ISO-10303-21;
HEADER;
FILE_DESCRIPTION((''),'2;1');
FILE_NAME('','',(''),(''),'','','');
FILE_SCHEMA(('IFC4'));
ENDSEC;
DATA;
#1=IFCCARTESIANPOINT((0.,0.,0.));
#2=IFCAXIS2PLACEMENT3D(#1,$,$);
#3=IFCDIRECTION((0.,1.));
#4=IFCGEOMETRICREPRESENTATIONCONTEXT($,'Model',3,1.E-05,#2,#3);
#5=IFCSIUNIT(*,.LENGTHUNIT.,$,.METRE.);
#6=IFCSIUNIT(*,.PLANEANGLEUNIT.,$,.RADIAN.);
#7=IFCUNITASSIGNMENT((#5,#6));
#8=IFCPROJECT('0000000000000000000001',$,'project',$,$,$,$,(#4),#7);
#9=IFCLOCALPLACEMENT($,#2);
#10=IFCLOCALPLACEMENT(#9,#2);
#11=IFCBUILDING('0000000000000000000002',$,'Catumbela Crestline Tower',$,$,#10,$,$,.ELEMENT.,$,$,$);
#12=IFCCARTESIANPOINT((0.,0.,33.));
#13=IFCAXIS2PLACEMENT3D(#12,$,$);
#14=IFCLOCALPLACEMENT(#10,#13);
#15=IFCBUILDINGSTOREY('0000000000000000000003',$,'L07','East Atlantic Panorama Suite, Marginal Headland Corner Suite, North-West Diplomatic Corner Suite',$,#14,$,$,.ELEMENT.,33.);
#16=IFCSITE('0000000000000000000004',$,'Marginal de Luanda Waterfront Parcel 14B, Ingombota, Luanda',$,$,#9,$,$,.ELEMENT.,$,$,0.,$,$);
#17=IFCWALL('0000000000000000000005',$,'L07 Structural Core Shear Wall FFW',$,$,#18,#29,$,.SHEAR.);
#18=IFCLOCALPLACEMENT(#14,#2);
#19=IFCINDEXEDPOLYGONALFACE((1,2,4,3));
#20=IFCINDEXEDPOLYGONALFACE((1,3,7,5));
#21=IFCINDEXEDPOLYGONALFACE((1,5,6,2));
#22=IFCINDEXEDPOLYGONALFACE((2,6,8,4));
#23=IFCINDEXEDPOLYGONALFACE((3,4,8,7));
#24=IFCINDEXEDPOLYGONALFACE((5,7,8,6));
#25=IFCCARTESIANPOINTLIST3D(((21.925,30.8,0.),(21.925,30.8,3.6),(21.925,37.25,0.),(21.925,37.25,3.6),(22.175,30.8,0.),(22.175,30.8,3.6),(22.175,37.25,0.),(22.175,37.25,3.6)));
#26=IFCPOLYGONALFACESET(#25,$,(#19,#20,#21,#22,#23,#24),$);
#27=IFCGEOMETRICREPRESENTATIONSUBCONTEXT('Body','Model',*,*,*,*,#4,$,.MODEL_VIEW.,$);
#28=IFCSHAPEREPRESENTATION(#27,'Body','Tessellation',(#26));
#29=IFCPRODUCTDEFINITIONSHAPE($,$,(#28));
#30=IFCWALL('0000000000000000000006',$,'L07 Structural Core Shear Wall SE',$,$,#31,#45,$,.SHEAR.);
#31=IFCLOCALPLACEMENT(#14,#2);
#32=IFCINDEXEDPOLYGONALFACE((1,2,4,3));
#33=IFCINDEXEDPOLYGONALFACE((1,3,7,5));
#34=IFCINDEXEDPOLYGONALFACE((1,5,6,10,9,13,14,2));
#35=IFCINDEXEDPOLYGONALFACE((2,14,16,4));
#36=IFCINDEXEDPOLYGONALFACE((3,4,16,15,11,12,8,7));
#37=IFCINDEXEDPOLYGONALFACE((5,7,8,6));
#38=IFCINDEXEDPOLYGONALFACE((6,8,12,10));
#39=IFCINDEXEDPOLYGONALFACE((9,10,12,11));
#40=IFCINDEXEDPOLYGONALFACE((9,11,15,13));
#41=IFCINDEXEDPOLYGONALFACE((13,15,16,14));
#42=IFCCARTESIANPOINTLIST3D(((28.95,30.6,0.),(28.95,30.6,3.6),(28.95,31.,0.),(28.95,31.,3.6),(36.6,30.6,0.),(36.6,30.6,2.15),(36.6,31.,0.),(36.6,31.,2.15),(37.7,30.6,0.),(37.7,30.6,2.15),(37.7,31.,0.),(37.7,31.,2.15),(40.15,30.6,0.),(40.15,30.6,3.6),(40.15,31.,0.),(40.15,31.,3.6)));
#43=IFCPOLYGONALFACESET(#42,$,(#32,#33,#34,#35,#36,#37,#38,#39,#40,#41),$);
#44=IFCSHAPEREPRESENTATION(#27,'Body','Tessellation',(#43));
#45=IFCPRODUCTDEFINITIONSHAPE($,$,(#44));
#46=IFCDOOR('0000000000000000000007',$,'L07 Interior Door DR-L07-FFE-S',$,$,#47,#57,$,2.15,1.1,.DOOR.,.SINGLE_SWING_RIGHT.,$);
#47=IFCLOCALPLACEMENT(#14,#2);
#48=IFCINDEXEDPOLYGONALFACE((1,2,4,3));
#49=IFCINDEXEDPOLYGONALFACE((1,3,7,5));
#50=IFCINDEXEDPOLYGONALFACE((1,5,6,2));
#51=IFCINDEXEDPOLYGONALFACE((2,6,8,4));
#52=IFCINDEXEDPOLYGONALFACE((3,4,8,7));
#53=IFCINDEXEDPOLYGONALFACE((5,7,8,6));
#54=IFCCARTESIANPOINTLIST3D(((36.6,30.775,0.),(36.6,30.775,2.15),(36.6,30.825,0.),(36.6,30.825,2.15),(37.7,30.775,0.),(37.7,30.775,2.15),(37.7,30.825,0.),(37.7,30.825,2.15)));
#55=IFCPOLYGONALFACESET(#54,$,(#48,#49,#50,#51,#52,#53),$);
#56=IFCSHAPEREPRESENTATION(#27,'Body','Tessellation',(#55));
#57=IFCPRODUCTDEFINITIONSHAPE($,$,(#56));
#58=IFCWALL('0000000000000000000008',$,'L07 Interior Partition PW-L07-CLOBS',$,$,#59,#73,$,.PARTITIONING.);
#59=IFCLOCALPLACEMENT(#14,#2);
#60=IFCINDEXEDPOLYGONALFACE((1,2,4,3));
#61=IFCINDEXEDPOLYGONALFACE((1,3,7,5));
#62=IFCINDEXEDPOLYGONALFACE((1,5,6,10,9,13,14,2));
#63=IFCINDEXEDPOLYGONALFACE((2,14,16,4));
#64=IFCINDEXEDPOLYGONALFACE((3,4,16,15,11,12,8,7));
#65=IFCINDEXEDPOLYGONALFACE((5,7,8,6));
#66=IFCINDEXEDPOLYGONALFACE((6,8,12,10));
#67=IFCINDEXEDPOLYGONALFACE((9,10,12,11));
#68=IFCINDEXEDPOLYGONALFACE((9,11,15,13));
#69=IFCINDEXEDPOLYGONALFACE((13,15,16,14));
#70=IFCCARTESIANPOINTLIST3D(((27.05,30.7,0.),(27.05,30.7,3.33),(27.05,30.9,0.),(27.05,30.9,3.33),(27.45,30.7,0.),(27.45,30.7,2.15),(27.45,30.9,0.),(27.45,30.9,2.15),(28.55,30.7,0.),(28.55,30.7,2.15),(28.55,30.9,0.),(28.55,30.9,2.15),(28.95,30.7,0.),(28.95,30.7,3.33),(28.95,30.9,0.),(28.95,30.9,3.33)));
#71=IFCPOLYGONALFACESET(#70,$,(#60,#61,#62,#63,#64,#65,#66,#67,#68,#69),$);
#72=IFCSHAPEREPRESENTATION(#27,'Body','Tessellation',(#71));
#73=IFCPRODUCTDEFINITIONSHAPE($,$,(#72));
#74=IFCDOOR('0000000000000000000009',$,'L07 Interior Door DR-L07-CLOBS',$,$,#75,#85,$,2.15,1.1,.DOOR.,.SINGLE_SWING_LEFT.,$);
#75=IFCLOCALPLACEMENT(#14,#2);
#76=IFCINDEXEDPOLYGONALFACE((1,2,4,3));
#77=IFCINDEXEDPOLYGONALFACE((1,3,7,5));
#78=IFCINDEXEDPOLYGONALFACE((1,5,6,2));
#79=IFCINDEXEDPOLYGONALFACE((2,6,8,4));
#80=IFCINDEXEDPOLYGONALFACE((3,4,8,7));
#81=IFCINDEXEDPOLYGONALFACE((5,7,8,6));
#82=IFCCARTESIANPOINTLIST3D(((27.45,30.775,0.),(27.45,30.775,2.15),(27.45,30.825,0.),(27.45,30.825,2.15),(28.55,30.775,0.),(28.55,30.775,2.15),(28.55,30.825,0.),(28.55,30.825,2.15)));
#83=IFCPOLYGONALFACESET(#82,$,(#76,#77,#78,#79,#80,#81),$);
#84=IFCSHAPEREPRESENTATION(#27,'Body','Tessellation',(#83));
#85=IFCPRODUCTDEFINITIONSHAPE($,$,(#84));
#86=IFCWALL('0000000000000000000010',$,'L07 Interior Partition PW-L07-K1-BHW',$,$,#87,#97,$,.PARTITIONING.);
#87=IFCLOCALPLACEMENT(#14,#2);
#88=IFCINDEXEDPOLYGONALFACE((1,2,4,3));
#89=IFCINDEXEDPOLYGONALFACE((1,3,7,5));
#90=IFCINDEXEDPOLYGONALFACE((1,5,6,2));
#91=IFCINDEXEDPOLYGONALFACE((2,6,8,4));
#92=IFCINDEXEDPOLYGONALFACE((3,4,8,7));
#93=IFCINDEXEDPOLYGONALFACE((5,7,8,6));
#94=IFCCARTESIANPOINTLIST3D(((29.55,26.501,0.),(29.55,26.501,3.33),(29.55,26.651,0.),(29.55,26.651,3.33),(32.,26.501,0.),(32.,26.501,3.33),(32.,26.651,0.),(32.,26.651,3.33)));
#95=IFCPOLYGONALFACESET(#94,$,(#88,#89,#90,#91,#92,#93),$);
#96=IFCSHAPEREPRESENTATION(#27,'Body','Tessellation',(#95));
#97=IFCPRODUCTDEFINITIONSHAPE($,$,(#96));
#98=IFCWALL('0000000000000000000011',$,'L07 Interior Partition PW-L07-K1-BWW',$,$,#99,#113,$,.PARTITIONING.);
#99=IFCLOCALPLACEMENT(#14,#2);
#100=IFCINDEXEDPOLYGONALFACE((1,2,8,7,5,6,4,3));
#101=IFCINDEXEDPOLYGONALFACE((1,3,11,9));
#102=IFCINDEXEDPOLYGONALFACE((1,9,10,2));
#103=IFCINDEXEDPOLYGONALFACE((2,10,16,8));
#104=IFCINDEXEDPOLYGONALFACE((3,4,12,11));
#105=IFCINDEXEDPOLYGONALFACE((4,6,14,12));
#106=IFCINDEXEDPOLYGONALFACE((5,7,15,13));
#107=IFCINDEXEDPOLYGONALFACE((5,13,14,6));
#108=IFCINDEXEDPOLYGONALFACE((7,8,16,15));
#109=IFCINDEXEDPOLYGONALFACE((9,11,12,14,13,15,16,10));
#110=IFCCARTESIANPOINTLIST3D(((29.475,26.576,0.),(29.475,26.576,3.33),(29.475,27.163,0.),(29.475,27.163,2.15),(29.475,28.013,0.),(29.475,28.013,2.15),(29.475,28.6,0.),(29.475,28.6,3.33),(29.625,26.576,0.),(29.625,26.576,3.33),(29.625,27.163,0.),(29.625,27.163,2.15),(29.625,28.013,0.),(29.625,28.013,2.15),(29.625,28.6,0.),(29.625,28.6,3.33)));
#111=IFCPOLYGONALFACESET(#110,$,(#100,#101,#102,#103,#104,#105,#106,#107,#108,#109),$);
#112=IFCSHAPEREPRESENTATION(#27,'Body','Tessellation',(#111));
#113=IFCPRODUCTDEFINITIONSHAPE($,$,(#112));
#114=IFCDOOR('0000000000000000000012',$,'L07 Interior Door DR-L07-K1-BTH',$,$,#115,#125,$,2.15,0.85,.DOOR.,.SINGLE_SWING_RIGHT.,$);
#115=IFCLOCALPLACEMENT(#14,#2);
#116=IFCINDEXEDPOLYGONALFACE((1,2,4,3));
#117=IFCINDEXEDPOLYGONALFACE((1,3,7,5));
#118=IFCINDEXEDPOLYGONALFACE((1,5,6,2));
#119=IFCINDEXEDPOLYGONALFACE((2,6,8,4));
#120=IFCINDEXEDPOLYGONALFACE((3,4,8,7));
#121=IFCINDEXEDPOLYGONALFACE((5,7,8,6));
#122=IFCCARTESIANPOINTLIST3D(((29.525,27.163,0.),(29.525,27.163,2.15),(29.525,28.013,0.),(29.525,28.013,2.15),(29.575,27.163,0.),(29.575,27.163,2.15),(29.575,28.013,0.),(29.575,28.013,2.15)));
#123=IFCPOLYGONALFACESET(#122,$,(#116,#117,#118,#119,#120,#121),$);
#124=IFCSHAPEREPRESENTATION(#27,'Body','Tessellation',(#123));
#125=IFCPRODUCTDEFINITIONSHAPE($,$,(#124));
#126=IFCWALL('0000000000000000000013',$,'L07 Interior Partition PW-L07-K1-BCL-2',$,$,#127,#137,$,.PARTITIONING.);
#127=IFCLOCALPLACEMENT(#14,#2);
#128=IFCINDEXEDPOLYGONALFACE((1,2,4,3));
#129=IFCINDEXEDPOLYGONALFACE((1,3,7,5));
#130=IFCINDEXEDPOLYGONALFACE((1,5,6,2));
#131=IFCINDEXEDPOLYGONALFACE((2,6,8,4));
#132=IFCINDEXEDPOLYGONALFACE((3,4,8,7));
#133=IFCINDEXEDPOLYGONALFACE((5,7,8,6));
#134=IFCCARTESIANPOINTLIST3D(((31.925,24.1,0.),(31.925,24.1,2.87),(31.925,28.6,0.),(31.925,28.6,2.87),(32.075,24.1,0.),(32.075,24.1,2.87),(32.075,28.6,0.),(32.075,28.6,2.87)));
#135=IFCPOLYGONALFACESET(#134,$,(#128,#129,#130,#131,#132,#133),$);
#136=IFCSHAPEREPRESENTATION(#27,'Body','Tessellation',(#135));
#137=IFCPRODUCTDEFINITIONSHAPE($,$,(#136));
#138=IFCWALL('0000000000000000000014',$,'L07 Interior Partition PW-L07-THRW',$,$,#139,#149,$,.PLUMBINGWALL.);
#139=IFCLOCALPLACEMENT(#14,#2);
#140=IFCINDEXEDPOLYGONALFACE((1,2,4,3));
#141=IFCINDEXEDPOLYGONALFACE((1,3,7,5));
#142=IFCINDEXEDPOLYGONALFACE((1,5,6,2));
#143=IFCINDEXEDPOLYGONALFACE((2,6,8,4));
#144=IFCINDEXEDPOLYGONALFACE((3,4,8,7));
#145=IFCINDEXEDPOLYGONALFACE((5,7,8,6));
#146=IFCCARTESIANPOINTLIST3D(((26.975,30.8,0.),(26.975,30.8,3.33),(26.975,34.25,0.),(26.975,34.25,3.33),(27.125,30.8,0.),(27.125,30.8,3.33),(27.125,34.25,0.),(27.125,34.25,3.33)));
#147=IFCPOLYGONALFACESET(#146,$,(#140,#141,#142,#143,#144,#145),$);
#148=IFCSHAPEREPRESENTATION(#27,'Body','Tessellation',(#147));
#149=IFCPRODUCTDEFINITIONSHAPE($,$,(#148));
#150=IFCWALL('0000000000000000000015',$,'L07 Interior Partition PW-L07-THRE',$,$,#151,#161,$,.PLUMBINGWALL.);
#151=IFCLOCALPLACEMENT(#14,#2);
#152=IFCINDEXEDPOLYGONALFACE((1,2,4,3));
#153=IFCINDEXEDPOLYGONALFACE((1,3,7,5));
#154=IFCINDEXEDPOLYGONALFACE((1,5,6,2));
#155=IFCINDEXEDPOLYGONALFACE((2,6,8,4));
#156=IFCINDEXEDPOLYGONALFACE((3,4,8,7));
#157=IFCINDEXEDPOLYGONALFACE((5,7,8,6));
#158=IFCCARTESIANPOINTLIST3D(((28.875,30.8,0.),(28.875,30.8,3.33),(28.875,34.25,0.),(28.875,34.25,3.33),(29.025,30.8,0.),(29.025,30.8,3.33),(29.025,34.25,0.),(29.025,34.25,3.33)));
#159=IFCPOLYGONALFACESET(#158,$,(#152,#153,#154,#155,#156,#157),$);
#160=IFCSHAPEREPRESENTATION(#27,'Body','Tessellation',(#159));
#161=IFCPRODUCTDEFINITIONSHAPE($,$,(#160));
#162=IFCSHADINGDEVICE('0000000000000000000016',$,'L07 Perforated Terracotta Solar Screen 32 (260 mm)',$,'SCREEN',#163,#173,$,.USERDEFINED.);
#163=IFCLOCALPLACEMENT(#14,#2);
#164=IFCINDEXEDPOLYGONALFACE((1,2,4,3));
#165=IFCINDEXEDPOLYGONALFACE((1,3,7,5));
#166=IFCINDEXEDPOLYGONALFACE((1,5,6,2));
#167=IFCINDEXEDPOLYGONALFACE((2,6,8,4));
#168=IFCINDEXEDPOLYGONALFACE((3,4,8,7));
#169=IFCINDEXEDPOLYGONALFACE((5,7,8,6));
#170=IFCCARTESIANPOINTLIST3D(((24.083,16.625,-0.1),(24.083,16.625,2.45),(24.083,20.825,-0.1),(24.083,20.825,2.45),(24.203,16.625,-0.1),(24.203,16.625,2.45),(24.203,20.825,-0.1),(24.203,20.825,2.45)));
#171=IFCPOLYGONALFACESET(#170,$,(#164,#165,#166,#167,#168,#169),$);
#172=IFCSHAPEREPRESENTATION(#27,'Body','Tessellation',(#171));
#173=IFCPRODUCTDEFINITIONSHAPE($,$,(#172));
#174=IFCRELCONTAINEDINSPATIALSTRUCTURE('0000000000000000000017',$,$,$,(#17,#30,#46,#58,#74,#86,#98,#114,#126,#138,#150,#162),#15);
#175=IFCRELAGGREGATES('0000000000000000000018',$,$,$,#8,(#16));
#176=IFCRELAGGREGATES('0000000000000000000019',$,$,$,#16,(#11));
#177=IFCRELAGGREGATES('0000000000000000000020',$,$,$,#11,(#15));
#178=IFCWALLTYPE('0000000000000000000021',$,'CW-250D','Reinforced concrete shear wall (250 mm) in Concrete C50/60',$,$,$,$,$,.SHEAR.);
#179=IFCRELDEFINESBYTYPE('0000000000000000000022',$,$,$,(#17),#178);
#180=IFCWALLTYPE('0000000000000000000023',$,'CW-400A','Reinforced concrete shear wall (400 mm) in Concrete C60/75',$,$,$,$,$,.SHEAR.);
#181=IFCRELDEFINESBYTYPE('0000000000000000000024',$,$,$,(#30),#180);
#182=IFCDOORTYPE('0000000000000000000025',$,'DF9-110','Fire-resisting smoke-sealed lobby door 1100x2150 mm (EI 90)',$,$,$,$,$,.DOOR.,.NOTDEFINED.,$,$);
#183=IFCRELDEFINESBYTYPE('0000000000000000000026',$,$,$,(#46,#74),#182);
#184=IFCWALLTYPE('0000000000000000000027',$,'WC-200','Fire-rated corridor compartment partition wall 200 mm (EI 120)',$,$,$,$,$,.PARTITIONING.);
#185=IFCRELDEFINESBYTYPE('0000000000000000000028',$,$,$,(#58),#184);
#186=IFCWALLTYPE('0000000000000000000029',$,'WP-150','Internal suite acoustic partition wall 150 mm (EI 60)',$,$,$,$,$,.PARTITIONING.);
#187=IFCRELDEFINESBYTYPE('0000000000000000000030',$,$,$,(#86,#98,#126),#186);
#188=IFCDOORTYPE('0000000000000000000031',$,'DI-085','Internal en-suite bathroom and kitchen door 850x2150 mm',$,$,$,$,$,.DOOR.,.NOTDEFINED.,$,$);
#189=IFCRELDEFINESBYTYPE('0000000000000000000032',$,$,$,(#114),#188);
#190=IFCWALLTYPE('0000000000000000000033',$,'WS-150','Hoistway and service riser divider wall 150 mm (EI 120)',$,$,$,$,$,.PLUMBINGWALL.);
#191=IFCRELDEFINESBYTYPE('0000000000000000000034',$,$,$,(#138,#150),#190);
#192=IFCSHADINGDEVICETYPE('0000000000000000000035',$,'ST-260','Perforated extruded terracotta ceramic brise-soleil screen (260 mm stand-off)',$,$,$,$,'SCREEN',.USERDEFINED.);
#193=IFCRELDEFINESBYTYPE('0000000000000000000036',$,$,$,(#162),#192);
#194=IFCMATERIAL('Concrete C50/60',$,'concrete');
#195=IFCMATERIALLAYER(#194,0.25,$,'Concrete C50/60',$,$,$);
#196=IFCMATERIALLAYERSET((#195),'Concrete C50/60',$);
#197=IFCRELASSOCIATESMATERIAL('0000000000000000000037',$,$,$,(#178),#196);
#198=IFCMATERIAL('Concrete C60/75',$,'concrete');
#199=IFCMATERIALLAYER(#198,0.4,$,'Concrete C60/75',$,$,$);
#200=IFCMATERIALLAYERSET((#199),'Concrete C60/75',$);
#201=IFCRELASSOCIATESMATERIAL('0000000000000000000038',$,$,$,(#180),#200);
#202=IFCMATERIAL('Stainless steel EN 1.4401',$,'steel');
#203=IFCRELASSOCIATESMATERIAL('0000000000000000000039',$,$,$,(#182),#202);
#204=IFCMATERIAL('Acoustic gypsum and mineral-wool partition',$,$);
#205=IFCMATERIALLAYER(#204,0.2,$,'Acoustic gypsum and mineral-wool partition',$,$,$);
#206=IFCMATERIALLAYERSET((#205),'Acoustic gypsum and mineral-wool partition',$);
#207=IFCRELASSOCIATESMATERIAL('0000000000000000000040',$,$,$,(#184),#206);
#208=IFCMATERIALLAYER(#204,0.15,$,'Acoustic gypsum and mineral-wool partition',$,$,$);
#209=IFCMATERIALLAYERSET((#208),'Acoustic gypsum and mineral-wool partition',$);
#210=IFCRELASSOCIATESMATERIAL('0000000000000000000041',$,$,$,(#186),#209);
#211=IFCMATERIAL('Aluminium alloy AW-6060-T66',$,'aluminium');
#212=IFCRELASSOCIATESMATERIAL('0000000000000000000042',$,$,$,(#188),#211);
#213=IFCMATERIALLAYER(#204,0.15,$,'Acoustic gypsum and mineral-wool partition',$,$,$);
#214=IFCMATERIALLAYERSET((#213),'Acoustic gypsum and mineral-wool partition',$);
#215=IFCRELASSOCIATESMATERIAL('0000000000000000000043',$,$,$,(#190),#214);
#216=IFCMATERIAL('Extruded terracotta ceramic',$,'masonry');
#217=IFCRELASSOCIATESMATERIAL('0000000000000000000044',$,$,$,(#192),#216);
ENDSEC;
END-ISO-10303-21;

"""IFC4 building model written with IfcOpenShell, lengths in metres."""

from ifc_helpers import new_model, si_unit, direction, frame, frame_2d, origin, origin_2d, place, context, subcontext, project, spatial, rectangle, extrude, material, layer, layer_set, type_object, element, fill, save


model = new_model("IFC4")

# Units and contexts
model_context = context("Model", 3, precision=1e-05, world=origin(), true_north=direction((0.0, 1.0)))
body_context = subcontext(model_context, "Body", "Model", "MODEL_VIEW")
ifc_project = project(units=[si_unit("LENGTHUNIT", "METRE"), si_unit("PLANEANGLEUNIT", "RADIAN")], contexts=[model_context])

# Site, building, storey
site_placement = place(None, origin())
site = spatial("IfcSite", under=ifc_project, at=site_placement, Name="Marginal de Luanda Waterfront Parcel 14B, Ingombota, Luanda", CompositionType="ELEMENT", RefElevation=0.0)
building_placement = place(site_placement, origin())
building = spatial("IfcBuilding", under=site, at=building_placement, Name="Catumbela Crestline Tower", CompositionType="ELEMENT")
storey_placement = place(building_placement, frame((0.0, 0.0, 33.0)))
storey = spatial("IfcBuildingStorey", under=building, at=storey_placement, Name="L07", Description="East Atlantic Panorama Suite, Marginal Headland Corner Suite, North-West Diplomatic Corner Suite", CompositionType="ELEMENT", Elevation=33.0)

# Shared definitions
ifc_material_1 = material(Name="Concrete C60/75", Category="concrete")

# Shared definitions
ifc_material_2 = material(Name="Aluminium alloy AW-6060-T66", Category="aluminium")

# Wall
ifc_material_3 = material(Name="Concrete C50/60", Category="concrete")
ifc_layer_1 = layer(ifc_material_3, 0.25, Name="Concrete C50/60")
ifc_layer_set_1 = layer_set([ifc_layer_1], Name="Concrete C50/60")
wall_type_1 = type_object("IfcWallType", Name="CW-250D", Description="Reinforced concrete shear wall (250 mm) in Concrete C50/60", PredefinedType="SHEAR", material=ifc_layer_set_1)
wall_1_placement = place(storey_placement, frame((22.05, 30.8, 0.0), z_axis=(0.0, 0.0, 1.0), x_axis=(0.0, 1.0, 0.0)))
element("IfcWall", 1, at=wall_1_placement, inside=storey, type_object=wall_type_1, Name="L07 Structural Core Shear Wall FFW", PredefinedType="SHEAR", context=body_context, shape_type="SweptSolid", body=[
    extrude(rectangle(XDim=6.45, YDim=0.25, at=frame_2d((3.225, 0.0))), origin(), (0.0, 0.0, 1.0), 3.6),
])

# Walls, openings, doors
ifc_layer_2 = layer(ifc_material_1, 0.4, Name="Concrete C60/75")
ifc_layer_set_2 = layer_set([ifc_layer_2], Name="Concrete C60/75")
wall_type_2 = type_object("IfcWallType", Name="CW-400A", Description="Reinforced concrete shear wall (400 mm) in Concrete C60/75", PredefinedType="SHEAR", material=ifc_layer_set_2)
wall_2_placement = place(storey_placement, frame((28.95, 30.8, 0.0), z_axis=(0.0, 0.0, 1.0), x_axis=(1.0, 0.0, 0.0)))
wall_2 = element("IfcWall", 2, at=wall_2_placement, inside=storey, type_object=wall_type_2, Name="L07 Structural Core Shear Wall SE", PredefinedType="SHEAR", context=body_context, shape_type="SweptSolid", body=[
    extrude(rectangle(XDim=11.2, YDim=0.4, at=frame_2d((5.6, 0.0))), origin(), (0.0, 0.0, 1.0), 3.6),
])
opening_1_placement = place(wall_2_placement, frame((7.65, 0.0, 0.0)))
opening_1 = element("IfcOpeningElement", 3, at=opening_1_placement, cuts=wall_2, PredefinedType="OPENING", context=body_context, shape_type="SweptSolid", body=[
    extrude(rectangle(XDim=1.1, YDim=2.15, at=frame_2d((0.55, 1.075))), frame((0.0, 0.21, 0.0), z_axis=(0.0, -1.0, 0.0), x_axis=(1.0, 0.0, 0.0)), (0.0, 0.0, 1.0), 0.42),
])
ifc_material_4 = material(Name="Stainless steel EN 1.4401", Category="steel")
door_type_1 = type_object("IfcDoorType", Name="DF9-110", Description="Fire-resisting smoke-sealed lobby door 1100x2150 mm (EI 90)", OperationType="NOTDEFINED", PredefinedType="DOOR", material=ifc_material_4)
door_1_placement = place(opening_1_placement, origin())
door_1 = element("IfcDoor", 4, at=door_1_placement, inside=storey, type_object=door_type_1, Name="L07 Interior Door DR-L07-FFE-S", OperationType="SINGLE_SWING_RIGHT", OverallHeight=2.15, OverallWidth=1.1, PredefinedType="DOOR", context=body_context, shape_type="SweptSolid", body=[
    extrude(rectangle(XDim=1.1, YDim=2.15, at=frame_2d((0.55, 1.075))), frame((0.0, 0.025, 0.0), z_axis=(0.0, -1.0, 0.0), x_axis=(1.0, 0.0, 0.0)), (0.0, 0.0, 1.0), 0.05),
])
fill(opening_1, door_1)
ifc_material_5 = material(Name="Acoustic gypsum and mineral-wool partition")
ifc_layer_3 = layer(ifc_material_5, 0.2, Name="Acoustic gypsum and mineral-wool partition")
ifc_layer_set_3 = layer_set([ifc_layer_3], Name="Acoustic gypsum and mineral-wool partition")
wall_type_3 = type_object("IfcWallType", Name="WC-200", Description="Fire-rated corridor compartment partition wall 200 mm (EI 120)", PredefinedType="PARTITIONING", material=ifc_layer_set_3)
wall_3_placement = place(storey_placement, frame((27.05, 30.8, 0.0), z_axis=(0.0, 0.0, 1.0), x_axis=(1.0, 0.0, 0.0)))
wall_3 = element("IfcWall", 5, at=wall_3_placement, inside=storey, type_object=wall_type_3, Name="L07 Interior Partition PW-L07-CLOBS", PredefinedType="PARTITIONING", context=body_context, shape_type="SweptSolid", body=[
    extrude(rectangle(XDim=1.9, YDim=0.2, at=frame_2d((0.95, 0.0))), origin(), (0.0, 0.0, 1.0), 3.33),
])
opening_2_placement = place(wall_3_placement, frame((0.4, 0.0, 0.0)))
opening_2 = element("IfcOpeningElement", 6, at=opening_2_placement, cuts=wall_3, PredefinedType="OPENING", context=body_context, shape_type="SweptSolid", body=[
    extrude(rectangle(XDim=1.1, YDim=2.15, at=frame_2d((0.55, 1.075))), frame((0.0, 0.11, 0.0), z_axis=(0.0, -1.0, 0.0), x_axis=(1.0, 0.0, 0.0)), (0.0, 0.0, 1.0), 0.22),
])
door_2_placement = place(opening_2_placement, origin())
door_2 = element("IfcDoor", 7, at=door_2_placement, inside=storey, type_object=door_type_1, Name="L07 Interior Door DR-L07-CLOBS", OperationType="SINGLE_SWING_LEFT", OverallHeight=2.15, OverallWidth=1.1, PredefinedType="DOOR", context=body_context, shape_type="SweptSolid", body=[
    extrude(rectangle(XDim=1.1, YDim=2.15, at=frame_2d((0.55, 1.075))), frame((0.0, 0.025, 0.0), z_axis=(0.0, -1.0, 0.0), x_axis=(1.0, 0.0, 0.0)), (0.0, 0.0, 1.0), 0.05),
])
fill(opening_2, door_2)

# Wall
ifc_layer_4 = layer(ifc_material_5, 0.15, Name="Acoustic gypsum and mineral-wool partition")
ifc_layer_set_4 = layer_set([ifc_layer_4], Name="Acoustic gypsum and mineral-wool partition")
wall_type_4 = type_object("IfcWallType", Name="WP-150", Description="Internal suite acoustic partition wall 150 mm (EI 60)", PredefinedType="PARTITIONING", material=ifc_layer_set_4)
wall_4_placement = place(storey_placement, frame((29.55, 26.576, 0.0), z_axis=(0.0, 0.0, 1.0), x_axis=(1.0, 0.0, 0.0)))
element("IfcWall", 8, at=wall_4_placement, inside=storey, type_object=wall_type_4, Name="L07 Interior Partition PW-L07-K1-BHW", PredefinedType="PARTITIONING", context=body_context, shape_type="SweptSolid", body=[
    extrude(rectangle(XDim=2.45, YDim=0.15, at=frame_2d((1.225, 0.0))), origin(), (0.0, 0.0, 1.0), 3.33),
])

# Wall, opening, door
wall_5_placement = place(storey_placement, frame((29.55, 26.576, 0.0), z_axis=(0.0, 0.0, 1.0), x_axis=(0.0, 1.0, 0.0)))
wall_5 = element("IfcWall", 9, at=wall_5_placement, inside=storey, type_object=wall_type_4, Name="L07 Interior Partition PW-L07-K1-BWW", PredefinedType="PARTITIONING", context=body_context, shape_type="SweptSolid", body=[
    extrude(rectangle(XDim=2.024, YDim=0.15, at=frame_2d((1.012, 0.0))), origin(), (0.0, 0.0, 1.0), 3.33),
])
opening_3_placement = place(wall_5_placement, frame((0.587, 0.0, 0.0)))
opening_3 = element("IfcOpeningElement", 10, at=opening_3_placement, cuts=wall_5, PredefinedType="OPENING", context=body_context, shape_type="SweptSolid", body=[
    extrude(rectangle(XDim=0.85, YDim=2.15, at=frame_2d((0.425, 1.075))), frame((0.0, 0.085, 0.0), z_axis=(0.0, -1.0, 0.0), x_axis=(1.0, 0.0, 0.0)), (0.0, 0.0, 1.0), 0.17),
])
door_type_2 = type_object("IfcDoorType", Name="DI-085", Description="Internal en-suite bathroom and kitchen door 850x2150 mm", OperationType="NOTDEFINED", PredefinedType="DOOR", material=ifc_material_2)
door_3_placement = place(opening_3_placement, origin())
door_3 = element("IfcDoor", 11, at=door_3_placement, inside=storey, type_object=door_type_2, Name="L07 Interior Door DR-L07-K1-BTH", OperationType="SINGLE_SWING_RIGHT", OverallHeight=2.15, OverallWidth=0.85, PredefinedType="DOOR", context=body_context, shape_type="SweptSolid", body=[
    extrude(rectangle(XDim=0.85, YDim=2.15, at=frame_2d((0.425, 1.075))), frame((0.0, 0.025, 0.0), z_axis=(0.0, -1.0, 0.0), x_axis=(1.0, 0.0, 0.0)), (0.0, 0.0, 1.0), 0.05),
])
fill(opening_3, door_3)

# Walls
wall_6_placement = place(storey_placement, frame((32.0, 28.6, 0.0), z_axis=(0.0, 0.0, 1.0), x_axis=(0.0, -1.0, 0.0)))
element("IfcWall", 12, at=wall_6_placement, inside=storey, type_object=wall_type_4, Name="L07 Interior Partition PW-L07-K1-BCL-2", PredefinedType="PARTITIONING", context=body_context, shape_type="SweptSolid", body=[
    extrude(rectangle(XDim=4.5, YDim=0.15, at=frame_2d((2.25, 0.0))), origin(), (0.0, 0.0, 1.0), 2.87),
])
ifc_layer_5 = layer(ifc_material_5, 0.15, Name="Acoustic gypsum and mineral-wool partition")
ifc_layer_set_5 = layer_set([ifc_layer_5], Name="Acoustic gypsum and mineral-wool partition")
wall_type_5 = type_object("IfcWallType", Name="WS-150", Description="Hoistway and service riser divider wall 150 mm (EI 120)", PredefinedType="PLUMBINGWALL", material=ifc_layer_set_5)
for number, where, z_axis, x_axis, name in (
    (13, (27.05, 30.8, 0.0), (0.0, 0.0, 1.0), (0.0, 1.0, 0.0), "L07 Interior Partition PW-L07-THRW"),
    (14, (28.95, 30.8, 0.0), (0.0, 0.0, 1.0), (0.0, 1.0, 0.0), "L07 Interior Partition PW-L07-THRE"),
):
    element("IfcWall", number, at=place(storey_placement, frame(where, z_axis=z_axis, x_axis=x_axis)), inside=storey, type_object=wall_type_5, Name=name, PredefinedType="PLUMBINGWALL", context=body_context, shape_type="SweptSolid", body=[
        extrude(rectangle(XDim=3.45, YDim=0.15, at=frame_2d((1.725, 0.0))), origin(), (0.0, 0.0, 1.0), 3.33),
    ])

# Shading device
ifc_material_6 = material(Name="Extruded terracotta ceramic", Category="masonry")
shading_device_type = type_object("IfcShadingDeviceType", Name="ST-260", Description="Perforated extruded terracotta ceramic brise-soleil screen (260 mm stand-off)", ElementType="SCREEN", PredefinedType="USERDEFINED", material=ifc_material_6)
for number, where, z_axis, x_axis, name in (
    (15, (24.143, 18.725, -0.1), (0.0, 0.0, 1.0), (0.0, 1.0, 0.0), "L07 Perforated Terracotta Solar Screen 32 (260 mm)"),
):
    element("IfcShadingDevice", number, at=place(storey_placement, frame(where, z_axis=z_axis, x_axis=x_axis)), inside=storey, type_object=shading_device_type, Name=name, ObjectType="SCREEN", PredefinedType="USERDEFINED", context=body_context, shape_type="SweptSolid", body=[
        extrude(rectangle(XDim=4.2, YDim=0.12, at=origin_2d()), origin(), (0.0, 0.0, 1.0), 2.55),
    ])

save(model, "model.ifc")
